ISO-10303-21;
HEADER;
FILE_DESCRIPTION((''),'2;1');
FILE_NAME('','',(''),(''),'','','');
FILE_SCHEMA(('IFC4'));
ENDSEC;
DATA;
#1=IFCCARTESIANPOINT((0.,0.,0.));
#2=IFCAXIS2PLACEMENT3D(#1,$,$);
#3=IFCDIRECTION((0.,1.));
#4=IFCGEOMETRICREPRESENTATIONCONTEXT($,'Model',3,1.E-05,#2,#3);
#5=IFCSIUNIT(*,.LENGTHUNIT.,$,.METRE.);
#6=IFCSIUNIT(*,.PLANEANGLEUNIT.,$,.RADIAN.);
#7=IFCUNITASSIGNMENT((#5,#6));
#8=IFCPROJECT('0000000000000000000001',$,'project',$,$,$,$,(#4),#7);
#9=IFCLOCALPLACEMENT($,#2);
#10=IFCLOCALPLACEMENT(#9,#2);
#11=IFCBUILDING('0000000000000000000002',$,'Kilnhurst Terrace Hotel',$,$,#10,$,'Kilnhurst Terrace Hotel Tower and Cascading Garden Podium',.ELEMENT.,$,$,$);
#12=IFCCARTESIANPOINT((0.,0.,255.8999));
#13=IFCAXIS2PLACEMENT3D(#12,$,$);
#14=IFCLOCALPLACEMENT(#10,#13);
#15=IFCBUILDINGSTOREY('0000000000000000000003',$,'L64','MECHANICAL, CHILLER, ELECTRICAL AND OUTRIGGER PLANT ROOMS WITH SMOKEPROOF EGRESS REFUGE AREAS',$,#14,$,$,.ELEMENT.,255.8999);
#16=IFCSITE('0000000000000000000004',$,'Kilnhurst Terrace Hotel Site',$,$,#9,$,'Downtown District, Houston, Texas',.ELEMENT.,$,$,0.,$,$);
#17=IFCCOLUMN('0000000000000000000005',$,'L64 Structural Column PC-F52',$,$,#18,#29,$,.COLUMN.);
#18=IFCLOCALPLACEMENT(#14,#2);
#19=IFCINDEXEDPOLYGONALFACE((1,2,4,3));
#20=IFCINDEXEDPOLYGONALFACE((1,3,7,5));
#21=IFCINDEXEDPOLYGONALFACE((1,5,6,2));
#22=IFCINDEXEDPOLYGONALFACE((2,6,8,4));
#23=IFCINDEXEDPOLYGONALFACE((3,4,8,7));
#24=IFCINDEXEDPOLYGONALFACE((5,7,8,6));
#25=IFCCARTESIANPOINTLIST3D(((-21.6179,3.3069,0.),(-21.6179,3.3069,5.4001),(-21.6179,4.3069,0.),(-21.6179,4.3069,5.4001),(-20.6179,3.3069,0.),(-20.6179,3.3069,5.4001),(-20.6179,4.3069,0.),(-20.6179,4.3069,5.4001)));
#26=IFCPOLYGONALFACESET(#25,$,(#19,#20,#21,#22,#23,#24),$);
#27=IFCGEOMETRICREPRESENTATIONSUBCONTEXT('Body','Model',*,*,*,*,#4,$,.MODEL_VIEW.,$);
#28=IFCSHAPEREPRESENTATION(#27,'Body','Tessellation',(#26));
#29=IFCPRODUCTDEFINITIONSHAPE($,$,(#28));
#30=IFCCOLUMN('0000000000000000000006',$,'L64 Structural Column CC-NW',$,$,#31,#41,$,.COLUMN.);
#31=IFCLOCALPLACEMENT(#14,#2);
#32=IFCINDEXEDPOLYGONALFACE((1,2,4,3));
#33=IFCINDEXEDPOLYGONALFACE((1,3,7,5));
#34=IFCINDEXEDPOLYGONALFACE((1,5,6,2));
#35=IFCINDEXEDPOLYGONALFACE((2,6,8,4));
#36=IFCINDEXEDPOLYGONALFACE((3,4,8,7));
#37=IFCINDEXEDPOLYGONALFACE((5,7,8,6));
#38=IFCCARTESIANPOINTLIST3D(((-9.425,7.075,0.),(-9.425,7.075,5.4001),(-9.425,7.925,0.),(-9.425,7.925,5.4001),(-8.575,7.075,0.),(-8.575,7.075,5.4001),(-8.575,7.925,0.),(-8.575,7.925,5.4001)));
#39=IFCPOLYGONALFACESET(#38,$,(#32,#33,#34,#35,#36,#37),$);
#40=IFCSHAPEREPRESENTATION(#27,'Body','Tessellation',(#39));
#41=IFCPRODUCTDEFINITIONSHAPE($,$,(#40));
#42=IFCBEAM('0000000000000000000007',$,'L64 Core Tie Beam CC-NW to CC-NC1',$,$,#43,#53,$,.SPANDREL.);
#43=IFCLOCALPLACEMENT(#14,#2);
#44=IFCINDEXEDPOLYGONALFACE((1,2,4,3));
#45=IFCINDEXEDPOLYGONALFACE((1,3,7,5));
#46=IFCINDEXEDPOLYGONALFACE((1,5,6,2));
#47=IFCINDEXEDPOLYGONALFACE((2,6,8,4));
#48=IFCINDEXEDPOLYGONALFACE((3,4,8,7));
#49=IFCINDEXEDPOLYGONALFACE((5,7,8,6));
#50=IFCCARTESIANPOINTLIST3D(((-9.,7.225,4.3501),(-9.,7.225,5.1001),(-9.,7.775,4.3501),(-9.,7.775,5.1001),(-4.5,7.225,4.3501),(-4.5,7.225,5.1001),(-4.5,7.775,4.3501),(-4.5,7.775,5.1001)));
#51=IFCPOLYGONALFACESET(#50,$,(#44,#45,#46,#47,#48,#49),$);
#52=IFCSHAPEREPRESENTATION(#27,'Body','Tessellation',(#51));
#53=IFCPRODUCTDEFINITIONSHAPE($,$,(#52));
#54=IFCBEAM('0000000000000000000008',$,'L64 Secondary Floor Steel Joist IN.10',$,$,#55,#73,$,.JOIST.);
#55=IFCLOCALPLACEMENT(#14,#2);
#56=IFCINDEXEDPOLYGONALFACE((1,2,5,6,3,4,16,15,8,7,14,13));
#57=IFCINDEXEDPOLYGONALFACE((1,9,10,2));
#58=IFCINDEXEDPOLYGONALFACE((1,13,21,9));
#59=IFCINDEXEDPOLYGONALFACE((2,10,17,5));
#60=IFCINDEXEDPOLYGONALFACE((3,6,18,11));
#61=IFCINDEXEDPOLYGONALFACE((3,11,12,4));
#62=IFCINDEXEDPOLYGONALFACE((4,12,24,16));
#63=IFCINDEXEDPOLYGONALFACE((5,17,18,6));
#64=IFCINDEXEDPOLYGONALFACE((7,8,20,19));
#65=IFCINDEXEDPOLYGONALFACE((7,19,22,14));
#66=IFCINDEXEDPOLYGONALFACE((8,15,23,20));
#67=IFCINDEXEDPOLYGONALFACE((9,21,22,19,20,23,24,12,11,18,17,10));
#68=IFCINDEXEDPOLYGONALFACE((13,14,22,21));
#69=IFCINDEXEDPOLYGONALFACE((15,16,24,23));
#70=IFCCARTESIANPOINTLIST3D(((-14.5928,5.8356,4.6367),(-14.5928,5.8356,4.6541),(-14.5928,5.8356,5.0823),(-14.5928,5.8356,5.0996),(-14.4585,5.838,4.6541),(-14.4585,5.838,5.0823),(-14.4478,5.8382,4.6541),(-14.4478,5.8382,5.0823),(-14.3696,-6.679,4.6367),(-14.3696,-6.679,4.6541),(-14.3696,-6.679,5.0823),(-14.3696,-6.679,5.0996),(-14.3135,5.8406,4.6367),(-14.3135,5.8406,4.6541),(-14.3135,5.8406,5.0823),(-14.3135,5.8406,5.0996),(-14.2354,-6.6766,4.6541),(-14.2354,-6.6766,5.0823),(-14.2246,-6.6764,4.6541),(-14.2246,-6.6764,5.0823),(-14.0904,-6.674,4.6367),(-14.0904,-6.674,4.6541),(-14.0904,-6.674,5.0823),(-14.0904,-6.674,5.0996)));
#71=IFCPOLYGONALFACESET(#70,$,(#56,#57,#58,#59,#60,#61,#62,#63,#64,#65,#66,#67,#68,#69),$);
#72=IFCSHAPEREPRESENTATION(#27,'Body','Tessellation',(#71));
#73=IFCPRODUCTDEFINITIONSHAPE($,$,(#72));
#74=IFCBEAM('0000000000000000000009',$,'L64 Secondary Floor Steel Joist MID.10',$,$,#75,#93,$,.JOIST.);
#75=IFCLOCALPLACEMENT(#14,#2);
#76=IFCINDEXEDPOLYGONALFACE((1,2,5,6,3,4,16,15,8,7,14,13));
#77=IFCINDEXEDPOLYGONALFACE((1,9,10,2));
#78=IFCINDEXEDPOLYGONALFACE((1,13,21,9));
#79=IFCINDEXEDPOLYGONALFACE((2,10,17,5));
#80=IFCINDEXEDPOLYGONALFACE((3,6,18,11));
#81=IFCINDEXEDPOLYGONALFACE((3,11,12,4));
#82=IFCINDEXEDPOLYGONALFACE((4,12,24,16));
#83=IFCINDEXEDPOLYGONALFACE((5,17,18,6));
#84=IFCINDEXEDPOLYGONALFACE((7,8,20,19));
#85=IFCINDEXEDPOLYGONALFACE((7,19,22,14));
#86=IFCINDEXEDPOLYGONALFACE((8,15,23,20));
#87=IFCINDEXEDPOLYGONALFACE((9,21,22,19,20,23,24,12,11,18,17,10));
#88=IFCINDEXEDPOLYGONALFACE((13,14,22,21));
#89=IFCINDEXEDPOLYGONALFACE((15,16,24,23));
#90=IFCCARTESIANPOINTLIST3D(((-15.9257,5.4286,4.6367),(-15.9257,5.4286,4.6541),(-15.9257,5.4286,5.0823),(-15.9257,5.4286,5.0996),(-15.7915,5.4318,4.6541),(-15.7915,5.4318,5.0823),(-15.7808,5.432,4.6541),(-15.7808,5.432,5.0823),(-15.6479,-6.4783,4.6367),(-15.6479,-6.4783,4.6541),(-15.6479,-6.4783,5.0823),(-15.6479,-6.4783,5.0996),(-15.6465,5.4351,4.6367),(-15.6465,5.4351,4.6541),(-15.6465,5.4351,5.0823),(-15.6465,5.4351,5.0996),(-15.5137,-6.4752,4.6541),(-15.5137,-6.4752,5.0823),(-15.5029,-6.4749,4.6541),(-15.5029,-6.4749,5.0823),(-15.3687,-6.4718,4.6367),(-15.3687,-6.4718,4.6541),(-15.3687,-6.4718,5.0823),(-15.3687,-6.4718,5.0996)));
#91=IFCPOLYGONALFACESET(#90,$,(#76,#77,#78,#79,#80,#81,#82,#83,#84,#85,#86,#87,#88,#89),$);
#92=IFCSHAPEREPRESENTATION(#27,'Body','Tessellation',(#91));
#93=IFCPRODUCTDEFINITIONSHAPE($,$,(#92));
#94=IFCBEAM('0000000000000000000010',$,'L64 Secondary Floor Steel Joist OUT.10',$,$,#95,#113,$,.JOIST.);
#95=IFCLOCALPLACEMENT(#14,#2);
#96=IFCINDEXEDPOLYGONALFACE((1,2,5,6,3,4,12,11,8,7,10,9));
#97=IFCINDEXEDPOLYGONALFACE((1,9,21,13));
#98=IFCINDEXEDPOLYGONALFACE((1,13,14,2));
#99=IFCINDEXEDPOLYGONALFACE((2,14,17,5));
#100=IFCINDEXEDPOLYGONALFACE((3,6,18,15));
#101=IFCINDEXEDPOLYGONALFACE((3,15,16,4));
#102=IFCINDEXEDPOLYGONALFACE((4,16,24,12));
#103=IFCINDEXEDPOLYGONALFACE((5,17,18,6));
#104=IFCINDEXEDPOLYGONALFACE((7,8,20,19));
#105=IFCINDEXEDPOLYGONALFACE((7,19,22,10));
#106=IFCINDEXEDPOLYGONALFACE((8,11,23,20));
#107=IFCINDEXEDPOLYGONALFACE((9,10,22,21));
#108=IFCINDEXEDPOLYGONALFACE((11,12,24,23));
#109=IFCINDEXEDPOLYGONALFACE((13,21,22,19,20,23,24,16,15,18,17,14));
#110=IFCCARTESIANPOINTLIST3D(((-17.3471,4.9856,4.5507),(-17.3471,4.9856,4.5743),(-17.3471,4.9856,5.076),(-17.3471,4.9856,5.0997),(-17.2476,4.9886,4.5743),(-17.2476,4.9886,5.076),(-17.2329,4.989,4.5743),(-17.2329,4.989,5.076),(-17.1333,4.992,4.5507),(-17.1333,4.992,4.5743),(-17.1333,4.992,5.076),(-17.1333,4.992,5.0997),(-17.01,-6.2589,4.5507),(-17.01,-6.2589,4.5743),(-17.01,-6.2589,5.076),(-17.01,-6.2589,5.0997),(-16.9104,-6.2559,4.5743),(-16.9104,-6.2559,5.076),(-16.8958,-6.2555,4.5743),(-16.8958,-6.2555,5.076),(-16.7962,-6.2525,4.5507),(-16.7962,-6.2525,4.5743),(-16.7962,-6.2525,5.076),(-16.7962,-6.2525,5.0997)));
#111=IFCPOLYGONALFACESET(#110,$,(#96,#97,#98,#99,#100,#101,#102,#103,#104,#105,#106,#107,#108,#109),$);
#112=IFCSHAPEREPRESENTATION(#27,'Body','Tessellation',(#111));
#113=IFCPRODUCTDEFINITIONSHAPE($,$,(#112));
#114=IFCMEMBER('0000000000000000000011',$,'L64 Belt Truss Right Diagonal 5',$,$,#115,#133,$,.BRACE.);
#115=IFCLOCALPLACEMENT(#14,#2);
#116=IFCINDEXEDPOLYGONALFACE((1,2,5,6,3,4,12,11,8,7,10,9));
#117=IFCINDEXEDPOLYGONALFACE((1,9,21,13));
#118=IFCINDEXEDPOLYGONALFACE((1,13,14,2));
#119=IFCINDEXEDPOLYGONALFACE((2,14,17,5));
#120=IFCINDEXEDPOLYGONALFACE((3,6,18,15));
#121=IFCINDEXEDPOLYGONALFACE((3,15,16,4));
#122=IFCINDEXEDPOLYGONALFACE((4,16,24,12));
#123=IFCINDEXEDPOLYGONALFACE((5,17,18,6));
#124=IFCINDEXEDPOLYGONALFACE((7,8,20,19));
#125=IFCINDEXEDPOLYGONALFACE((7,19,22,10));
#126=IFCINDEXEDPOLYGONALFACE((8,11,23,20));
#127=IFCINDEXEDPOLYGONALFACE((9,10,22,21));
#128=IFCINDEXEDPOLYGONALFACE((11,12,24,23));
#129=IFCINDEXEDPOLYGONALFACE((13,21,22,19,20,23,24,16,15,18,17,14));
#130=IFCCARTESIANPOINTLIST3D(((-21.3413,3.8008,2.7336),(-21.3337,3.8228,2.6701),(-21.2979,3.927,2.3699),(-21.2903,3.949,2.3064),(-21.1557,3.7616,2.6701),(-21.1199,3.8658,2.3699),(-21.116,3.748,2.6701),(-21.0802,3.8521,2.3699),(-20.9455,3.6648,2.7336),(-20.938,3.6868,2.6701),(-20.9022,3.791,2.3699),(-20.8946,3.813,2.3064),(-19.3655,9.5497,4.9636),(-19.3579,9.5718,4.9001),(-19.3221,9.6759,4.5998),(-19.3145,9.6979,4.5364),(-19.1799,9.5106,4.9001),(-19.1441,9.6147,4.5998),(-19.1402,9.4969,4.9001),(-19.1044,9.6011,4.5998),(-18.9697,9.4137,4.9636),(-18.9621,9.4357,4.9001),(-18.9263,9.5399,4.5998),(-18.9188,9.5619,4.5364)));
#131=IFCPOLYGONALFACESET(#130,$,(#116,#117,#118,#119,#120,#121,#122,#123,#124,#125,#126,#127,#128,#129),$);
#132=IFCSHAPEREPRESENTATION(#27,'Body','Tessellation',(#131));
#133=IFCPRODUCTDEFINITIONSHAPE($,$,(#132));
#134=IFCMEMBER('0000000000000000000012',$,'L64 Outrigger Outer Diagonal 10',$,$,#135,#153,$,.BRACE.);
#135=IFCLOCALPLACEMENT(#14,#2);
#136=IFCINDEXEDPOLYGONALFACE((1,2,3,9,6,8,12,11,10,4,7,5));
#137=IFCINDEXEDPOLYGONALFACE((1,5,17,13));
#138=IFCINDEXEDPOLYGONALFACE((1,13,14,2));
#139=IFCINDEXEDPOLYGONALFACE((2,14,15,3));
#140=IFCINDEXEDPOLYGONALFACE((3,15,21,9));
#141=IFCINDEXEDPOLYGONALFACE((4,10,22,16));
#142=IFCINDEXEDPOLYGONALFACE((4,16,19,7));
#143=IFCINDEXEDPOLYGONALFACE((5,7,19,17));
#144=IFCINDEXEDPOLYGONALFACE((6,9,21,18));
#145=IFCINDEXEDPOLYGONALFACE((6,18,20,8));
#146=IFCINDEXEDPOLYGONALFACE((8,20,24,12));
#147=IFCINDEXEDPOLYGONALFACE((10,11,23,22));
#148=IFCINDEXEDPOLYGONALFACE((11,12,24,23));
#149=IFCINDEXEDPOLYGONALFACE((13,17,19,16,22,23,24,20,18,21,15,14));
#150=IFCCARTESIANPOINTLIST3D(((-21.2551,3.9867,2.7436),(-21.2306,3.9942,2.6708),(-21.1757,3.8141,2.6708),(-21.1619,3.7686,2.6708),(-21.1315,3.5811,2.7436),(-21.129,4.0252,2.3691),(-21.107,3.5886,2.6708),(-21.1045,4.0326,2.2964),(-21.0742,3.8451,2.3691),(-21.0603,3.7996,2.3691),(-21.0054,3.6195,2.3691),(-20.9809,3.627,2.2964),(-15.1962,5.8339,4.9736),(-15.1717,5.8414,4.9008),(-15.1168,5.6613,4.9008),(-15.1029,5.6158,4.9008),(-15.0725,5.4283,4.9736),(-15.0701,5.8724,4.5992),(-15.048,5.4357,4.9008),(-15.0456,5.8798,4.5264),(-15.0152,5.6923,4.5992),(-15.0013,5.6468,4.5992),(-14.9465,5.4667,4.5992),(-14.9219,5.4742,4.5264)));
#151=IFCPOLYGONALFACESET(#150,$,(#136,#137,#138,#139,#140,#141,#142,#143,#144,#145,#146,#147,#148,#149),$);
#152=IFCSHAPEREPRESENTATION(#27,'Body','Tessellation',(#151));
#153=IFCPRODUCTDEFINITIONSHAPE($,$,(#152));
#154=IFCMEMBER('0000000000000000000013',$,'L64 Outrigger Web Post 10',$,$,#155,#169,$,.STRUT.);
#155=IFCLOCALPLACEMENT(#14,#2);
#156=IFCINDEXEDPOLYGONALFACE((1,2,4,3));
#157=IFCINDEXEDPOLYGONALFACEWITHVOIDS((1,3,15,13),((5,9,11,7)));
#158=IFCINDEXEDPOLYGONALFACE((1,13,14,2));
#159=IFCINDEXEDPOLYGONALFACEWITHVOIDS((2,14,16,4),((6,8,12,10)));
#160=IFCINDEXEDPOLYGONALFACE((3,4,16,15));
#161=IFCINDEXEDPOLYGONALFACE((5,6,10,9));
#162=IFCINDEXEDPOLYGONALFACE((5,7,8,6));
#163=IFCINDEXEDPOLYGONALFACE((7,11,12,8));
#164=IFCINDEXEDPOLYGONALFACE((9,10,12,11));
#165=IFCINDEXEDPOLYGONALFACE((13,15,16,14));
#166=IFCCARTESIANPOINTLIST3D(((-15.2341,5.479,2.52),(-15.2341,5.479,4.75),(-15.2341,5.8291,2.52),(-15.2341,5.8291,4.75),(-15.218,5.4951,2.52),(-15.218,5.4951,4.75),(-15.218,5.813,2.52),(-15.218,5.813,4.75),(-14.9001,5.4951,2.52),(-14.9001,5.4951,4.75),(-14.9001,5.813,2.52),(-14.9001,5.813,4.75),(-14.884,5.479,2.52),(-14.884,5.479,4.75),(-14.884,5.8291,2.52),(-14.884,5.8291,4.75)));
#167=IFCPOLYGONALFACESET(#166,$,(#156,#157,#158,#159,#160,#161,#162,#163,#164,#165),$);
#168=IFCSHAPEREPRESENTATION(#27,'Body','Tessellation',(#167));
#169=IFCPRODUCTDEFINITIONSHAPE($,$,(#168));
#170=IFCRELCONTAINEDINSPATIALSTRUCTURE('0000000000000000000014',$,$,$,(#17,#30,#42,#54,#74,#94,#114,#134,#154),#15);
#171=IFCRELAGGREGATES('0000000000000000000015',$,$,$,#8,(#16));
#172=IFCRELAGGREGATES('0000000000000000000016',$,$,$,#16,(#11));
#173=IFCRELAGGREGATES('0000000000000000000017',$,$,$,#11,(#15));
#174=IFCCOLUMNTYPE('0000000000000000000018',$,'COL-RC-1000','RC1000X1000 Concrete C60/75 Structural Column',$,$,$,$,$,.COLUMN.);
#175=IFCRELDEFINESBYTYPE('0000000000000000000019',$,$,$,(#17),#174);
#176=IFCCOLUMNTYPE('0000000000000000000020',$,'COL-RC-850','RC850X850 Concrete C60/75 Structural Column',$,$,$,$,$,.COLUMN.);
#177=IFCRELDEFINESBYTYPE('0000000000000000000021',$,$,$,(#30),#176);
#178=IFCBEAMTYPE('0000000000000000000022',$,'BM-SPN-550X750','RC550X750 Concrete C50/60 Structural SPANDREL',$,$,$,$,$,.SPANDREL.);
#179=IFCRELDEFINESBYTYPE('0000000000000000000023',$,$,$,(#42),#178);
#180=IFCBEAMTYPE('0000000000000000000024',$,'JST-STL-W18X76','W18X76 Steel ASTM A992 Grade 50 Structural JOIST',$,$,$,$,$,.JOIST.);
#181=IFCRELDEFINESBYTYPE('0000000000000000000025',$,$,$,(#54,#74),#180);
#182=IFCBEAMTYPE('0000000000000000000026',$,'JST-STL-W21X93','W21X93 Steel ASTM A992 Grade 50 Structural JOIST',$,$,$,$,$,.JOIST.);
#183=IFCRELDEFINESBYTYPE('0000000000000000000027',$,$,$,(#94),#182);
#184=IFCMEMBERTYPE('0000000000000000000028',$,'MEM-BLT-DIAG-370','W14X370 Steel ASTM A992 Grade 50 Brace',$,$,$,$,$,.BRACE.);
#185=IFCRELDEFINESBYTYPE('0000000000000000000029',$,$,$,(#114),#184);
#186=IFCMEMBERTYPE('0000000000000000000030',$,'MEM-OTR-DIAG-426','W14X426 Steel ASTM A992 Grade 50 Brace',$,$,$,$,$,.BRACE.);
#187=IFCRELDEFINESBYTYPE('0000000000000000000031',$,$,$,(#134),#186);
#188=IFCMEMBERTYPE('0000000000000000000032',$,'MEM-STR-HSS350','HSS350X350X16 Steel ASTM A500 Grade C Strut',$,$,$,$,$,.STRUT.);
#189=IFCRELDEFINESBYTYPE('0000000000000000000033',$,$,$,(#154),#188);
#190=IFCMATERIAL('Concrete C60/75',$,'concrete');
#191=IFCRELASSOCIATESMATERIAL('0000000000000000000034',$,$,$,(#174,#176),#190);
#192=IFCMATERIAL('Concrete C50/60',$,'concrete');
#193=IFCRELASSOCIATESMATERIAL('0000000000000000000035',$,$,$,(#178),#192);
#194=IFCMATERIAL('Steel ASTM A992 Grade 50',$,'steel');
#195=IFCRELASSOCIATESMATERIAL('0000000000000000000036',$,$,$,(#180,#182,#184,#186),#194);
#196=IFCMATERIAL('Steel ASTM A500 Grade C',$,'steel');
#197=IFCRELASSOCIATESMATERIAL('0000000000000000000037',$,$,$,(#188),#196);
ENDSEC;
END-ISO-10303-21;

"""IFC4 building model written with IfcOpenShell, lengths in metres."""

from ifc_helpers import new_model, si_unit, direction, frame, origin, origin_2d, place, context, subcontext, project, spatial, rectangle, hollow_rectangle, i_section, extrude, material, material_profile, profile_set, type_object, element, save


model = new_model("IFC4")

# Units and contexts
model_context = context("Model", 3, precision=1e-05, world=origin(), true_north=direction((0.0, 1.0)))
body_context = subcontext(model_context, "Body", "Model", "MODEL_VIEW")
ifc_project = project(units=[si_unit("LENGTHUNIT", "METRE"), si_unit("PLANEANGLEUNIT", "RADIAN")], contexts=[model_context])

# Site, building, storey
site_placement = place(None, origin())
site = spatial("IfcSite", under=ifc_project, at=site_placement, Name="Kilnhurst Terrace Hotel Site", LongName="Downtown District, Houston, Texas", CompositionType="ELEMENT", RefElevation=0.0)
building_placement = place(site_placement, origin())
building = spatial("IfcBuilding", under=site, at=building_placement, Name="Kilnhurst Terrace Hotel", LongName="Kilnhurst Terrace Hotel Tower and Cascading Garden Podium", CompositionType="ELEMENT")
storey_placement = place(building_placement, frame((0.0, 0.0, 255.8999)))
storey = spatial("IfcBuildingStorey", under=building, at=storey_placement, Name="L64", Description="MECHANICAL, CHILLER, ELECTRICAL AND OUTRIGGER PLANT ROOMS WITH SMOKEPROOF EGRESS REFUGE AREAS", CompositionType="ELEMENT", Elevation=255.8999)

# Columns
ifc_material_1 = material(Name="Concrete C60/75", Category="concrete")
ifc_material_profile_1 = material_profile(ifc_material_1, rectangle(XDim=1.0, YDim=1.0, at=origin_2d()), Name="RC1000X1000")
ifc_profile_set_1 = profile_set([ifc_material_profile_1], Name="Concrete C60/75")
column_type_1 = type_object("IfcColumnType", Name="COL-RC-1000", Description="RC1000X1000 Concrete C60/75 Structural Column", PredefinedType="COLUMN", material=ifc_profile_set_1)
column_1_placement = place(storey_placement, frame((-21.1179, 3.8069, 0.0), z_axis=(0.0, 0.0, 1.0), x_axis=(1.0, 0.0, 0.0)))
element("IfcColumn", 1, at=column_1_placement, inside=storey, type_object=column_type_1, Name="L64 Structural Column PC-F52", PredefinedType="COLUMN", context=body_context, shape_type="SweptSolid", body=[
    extrude(rectangle(XDim=1.0, YDim=1.0, at=origin_2d()), origin(), (0.0, 0.0, 1.0), 5.4001),
])
ifc_material_profile_2 = material_profile(ifc_material_1, rectangle(XDim=0.8501, YDim=0.8501, at=origin_2d()), Name="RC850X850")
ifc_profile_set_2 = profile_set([ifc_material_profile_2], Name="Concrete C60/75")
column_type_2 = type_object("IfcColumnType", Name="COL-RC-850", Description="RC850X850 Concrete C60/75 Structural Column", PredefinedType="COLUMN", material=ifc_profile_set_2)
column_2_placement = place(storey_placement, frame((-9.0, 7.5, 0.0), z_axis=(0.0, 0.0, 1.0), x_axis=(1.0, 0.0, 0.0)))
element("IfcColumn", 2, at=column_2_placement, inside=storey, type_object=column_type_2, Name="L64 Structural Column CC-NW", PredefinedType="COLUMN", context=body_context, shape_type="SweptSolid", body=[
    extrude(rectangle(XDim=0.8501, YDim=0.8501, at=origin_2d()), origin(), (0.0, 0.0, 1.0), 5.4001),
])

# Beams
ifc_material_2 = material(Name="Concrete C50/60", Category="concrete")
ifc_material_profile_3 = material_profile(ifc_material_2, rectangle(XDim=0.55, YDim=0.75, at=origin_2d()), Name="RC550X750")
ifc_profile_set_3 = profile_set([ifc_material_profile_3], Name="Concrete C50/60")
beam_type_1 = type_object("IfcBeamType", Name="BM-SPN-550X750", Description="RC550X750 Concrete C50/60 Structural SPANDREL", PredefinedType="SPANDREL", material=ifc_profile_set_3)
beam_1_placement = place(storey_placement, frame((-9.0, 7.5, 4.7251), z_axis=(1.0, 0.0, 0.0), x_axis=(0.0, 1.0, 0.0)))
element("IfcBeam", 3, at=beam_1_placement, inside=storey, type_object=beam_type_1, Name="L64 Core Tie Beam CC-NW to CC-NC1", PredefinedType="SPANDREL", context=body_context, shape_type="SweptSolid", body=[
    extrude(rectangle(XDim=0.55, YDim=0.75, at=origin_2d()), origin(), (0.0, 0.0, 1.0), 4.5),
])
ifc_material_3 = material(Name="Steel ASTM A992 Grade 50", Category="steel")
ifc_material_profile_4 = material_profile(ifc_material_3, i_section(OverallWidth=0.2793, OverallDepth=0.4629, WebThickness=0.0107, FlangeThickness=0.0173, at=origin_2d()), Name="W18X76")
ifc_profile_set_4 = profile_set([ifc_material_profile_4], Name="Steel ASTM A992 Grade 50")
beam_type_2 = type_object("IfcBeamType", Name="JST-STL-W18X76", Description="W18X76 Steel ASTM A992 Grade 50 Structural JOIST", PredefinedType="JOIST", material=ifc_profile_set_4)
beam_2_placement = place(storey_placement, frame((-14.4531, 5.8381, 4.8682), z_axis=(0.017828, -0.999841, 0.0), x_axis=(0.999841, 0.017828, 0.0)))
element("IfcBeam", 4, at=beam_2_placement, inside=storey, type_object=beam_type_2, Name="L64 Secondary Floor Steel Joist IN.10", PredefinedType="JOIST", context=body_context, shape_type="SweptSolid", body=[
    extrude(i_section(OverallWidth=0.2793, OverallDepth=0.4629, WebThickness=0.0107, FlangeThickness=0.0173, at=origin_2d()), origin(), (0.0, 0.0, 1.0), 12.5166),
])
beam_3_placement = place(storey_placement, frame((-15.7861, 5.4319, 4.8682), z_axis=(0.023327, -0.999728, 0.0), x_axis=(0.999728, 0.023327, 0.0)))
element("IfcBeam", 5, at=beam_3_placement, inside=storey, type_object=beam_type_2, Name="L64 Secondary Floor Steel Joist MID.10", PredefinedType="JOIST", context=body_context, shape_type="SweptSolid", body=[
    extrude(i_section(OverallWidth=0.2793, OverallDepth=0.4629, WebThickness=0.0107, FlangeThickness=0.0173, at=origin_2d()), origin(), (0.0, 0.0, 1.0), 11.9102),
])
ifc_material_profile_5 = material_profile(ifc_material_3, i_section(OverallWidth=0.2139, OverallDepth=0.5491, WebThickness=0.0146, FlangeThickness=0.0237, at=origin_2d()), Name="W21X93")
ifc_profile_set_5 = profile_set([ifc_material_profile_5], Name="Steel ASTM A992 Grade 50")
beam_type_3 = type_object("IfcBeamType", Name="JST-STL-W21X93", Description="W21X93 Steel ASTM A992 Grade 50 Structural JOIST", PredefinedType="JOIST", material=ifc_profile_set_5)
beam_4_placement = place(storey_placement, frame((-17.2402, 4.9888, 4.8252), z_axis=(0.029971, -0.999551, 0.0), x_axis=(0.999551, 0.029971, 0.0)))
element("IfcBeam", 6, at=beam_4_placement, inside=storey, type_object=beam_type_3, Name="L64 Secondary Floor Steel Joist OUT.10", PredefinedType="JOIST", context=body_context, shape_type="SweptSolid", body=[
    extrude(i_section(OverallWidth=0.2139, OverallDepth=0.5491, WebThickness=0.0146, FlangeThickness=0.0237, at=origin_2d()), origin(), (0.0, 0.0, 1.0), 11.2495),
])

# Members
ifc_material_profile_6 = material_profile(ifc_material_3, i_section(OverallWidth=0.4185, OverallDepth=0.4551, WebThickness=0.042, FlangeThickness=0.0676, at=origin_2d()), Name="W14X370")
ifc_profile_set_6 = profile_set([ifc_material_profile_6], Name="Steel ASTM A992 Grade 50")
member_type_1 = type_object("IfcMemberType", Name="MEM-BLT-DIAG-370", Description="W14X370 Steel ASTM A992 Grade 50 Brace", PredefinedType="BRACE", material=ifc_profile_set_6)
member_1_placement = place(storey_placement, frame((-21.1179, 3.8069, 2.52), z_axis=(0.305139, 0.887855, 0.344389), x_axis=(-0.945707, 0.325021, 0.0)))
element("IfcMember", 7, at=member_1_placement, inside=storey, type_object=member_type_1, Name="L64 Belt Truss Right Diagonal 5", PredefinedType="BRACE", context=body_context, shape_type="SweptSolid", body=[
    extrude(i_section(OverallWidth=0.4185, OverallDepth=0.4551, WebThickness=0.042, FlangeThickness=0.0676, at=origin_2d()), origin(), (0.0, 0.0, 1.0), 6.4751),
])
ifc_material_profile_7 = material_profile(ifc_material_3, i_section(OverallWidth=0.4241, OverallDepth=0.4741, WebThickness=0.0476, FlangeThickness=0.0771, at=origin_2d()), Name="W14X426")
ifc_profile_set_7 = profile_set([ifc_material_profile_7], Name="Steel ASTM A992 Grade 50")
member_type_2 = type_object("IfcMemberType", Name="MEM-OTR-DIAG-426", Description="W14X426 Steel ASTM A992 Grade 50 Brace", PredefinedType="BRACE", material=ifc_profile_set_7)
member_2_placement = place(storey_placement, frame((-15.0591, 5.6541, 4.75), z_axis=(-0.902253, -0.275071, -0.332078), x_axis=(0.29162, -0.956534, 0.0)))
element("IfcMember", 8, at=member_2_placement, inside=storey, type_object=member_type_2, Name="L64 Outrigger Outer Diagonal 10", PredefinedType="BRACE", context=body_context, shape_type="SweptSolid", body=[
    extrude(i_section(OverallWidth=0.4241, OverallDepth=0.4741, WebThickness=0.0476, FlangeThickness=0.0771, at=origin_2d()), origin(), (0.0, 0.0, 1.0), 6.7153),
])
ifc_material_4 = material(Name="Steel ASTM A500 Grade C", Category="steel")
ifc_material_profile_8 = material_profile(ifc_material_4, hollow_rectangle(XDim=0.3501, YDim=0.3501, WallThickness=0.0161, at=origin_2d()), Name="HSS350X350X16")
ifc_profile_set_8 = profile_set([ifc_material_profile_8], Name="Steel ASTM A500 Grade C")
member_type_3 = type_object("IfcMemberType", Name="MEM-STR-HSS350", Description="HSS350X350X16 Steel ASTM A500 Grade C Strut", PredefinedType="STRUT", material=ifc_profile_set_8)
member_3_placement = place(storey_placement, frame((-15.0591, 5.6541, 2.52), z_axis=(0.0, 0.0, 1.0), x_axis=(1.0, 0.0, 0.0)))
element("IfcMember", 9, at=member_3_placement, inside=storey, type_object=member_type_3, Name="L64 Outrigger Web Post 10", PredefinedType="STRUT", context=body_context, shape_type="SweptSolid", body=[
    extrude(hollow_rectangle(XDim=0.3501, YDim=0.3501, WallThickness=0.0161, at=origin_2d()), origin(), (0.0, 0.0, 1.0), 2.23),
])

save(model, "model.ifc")
